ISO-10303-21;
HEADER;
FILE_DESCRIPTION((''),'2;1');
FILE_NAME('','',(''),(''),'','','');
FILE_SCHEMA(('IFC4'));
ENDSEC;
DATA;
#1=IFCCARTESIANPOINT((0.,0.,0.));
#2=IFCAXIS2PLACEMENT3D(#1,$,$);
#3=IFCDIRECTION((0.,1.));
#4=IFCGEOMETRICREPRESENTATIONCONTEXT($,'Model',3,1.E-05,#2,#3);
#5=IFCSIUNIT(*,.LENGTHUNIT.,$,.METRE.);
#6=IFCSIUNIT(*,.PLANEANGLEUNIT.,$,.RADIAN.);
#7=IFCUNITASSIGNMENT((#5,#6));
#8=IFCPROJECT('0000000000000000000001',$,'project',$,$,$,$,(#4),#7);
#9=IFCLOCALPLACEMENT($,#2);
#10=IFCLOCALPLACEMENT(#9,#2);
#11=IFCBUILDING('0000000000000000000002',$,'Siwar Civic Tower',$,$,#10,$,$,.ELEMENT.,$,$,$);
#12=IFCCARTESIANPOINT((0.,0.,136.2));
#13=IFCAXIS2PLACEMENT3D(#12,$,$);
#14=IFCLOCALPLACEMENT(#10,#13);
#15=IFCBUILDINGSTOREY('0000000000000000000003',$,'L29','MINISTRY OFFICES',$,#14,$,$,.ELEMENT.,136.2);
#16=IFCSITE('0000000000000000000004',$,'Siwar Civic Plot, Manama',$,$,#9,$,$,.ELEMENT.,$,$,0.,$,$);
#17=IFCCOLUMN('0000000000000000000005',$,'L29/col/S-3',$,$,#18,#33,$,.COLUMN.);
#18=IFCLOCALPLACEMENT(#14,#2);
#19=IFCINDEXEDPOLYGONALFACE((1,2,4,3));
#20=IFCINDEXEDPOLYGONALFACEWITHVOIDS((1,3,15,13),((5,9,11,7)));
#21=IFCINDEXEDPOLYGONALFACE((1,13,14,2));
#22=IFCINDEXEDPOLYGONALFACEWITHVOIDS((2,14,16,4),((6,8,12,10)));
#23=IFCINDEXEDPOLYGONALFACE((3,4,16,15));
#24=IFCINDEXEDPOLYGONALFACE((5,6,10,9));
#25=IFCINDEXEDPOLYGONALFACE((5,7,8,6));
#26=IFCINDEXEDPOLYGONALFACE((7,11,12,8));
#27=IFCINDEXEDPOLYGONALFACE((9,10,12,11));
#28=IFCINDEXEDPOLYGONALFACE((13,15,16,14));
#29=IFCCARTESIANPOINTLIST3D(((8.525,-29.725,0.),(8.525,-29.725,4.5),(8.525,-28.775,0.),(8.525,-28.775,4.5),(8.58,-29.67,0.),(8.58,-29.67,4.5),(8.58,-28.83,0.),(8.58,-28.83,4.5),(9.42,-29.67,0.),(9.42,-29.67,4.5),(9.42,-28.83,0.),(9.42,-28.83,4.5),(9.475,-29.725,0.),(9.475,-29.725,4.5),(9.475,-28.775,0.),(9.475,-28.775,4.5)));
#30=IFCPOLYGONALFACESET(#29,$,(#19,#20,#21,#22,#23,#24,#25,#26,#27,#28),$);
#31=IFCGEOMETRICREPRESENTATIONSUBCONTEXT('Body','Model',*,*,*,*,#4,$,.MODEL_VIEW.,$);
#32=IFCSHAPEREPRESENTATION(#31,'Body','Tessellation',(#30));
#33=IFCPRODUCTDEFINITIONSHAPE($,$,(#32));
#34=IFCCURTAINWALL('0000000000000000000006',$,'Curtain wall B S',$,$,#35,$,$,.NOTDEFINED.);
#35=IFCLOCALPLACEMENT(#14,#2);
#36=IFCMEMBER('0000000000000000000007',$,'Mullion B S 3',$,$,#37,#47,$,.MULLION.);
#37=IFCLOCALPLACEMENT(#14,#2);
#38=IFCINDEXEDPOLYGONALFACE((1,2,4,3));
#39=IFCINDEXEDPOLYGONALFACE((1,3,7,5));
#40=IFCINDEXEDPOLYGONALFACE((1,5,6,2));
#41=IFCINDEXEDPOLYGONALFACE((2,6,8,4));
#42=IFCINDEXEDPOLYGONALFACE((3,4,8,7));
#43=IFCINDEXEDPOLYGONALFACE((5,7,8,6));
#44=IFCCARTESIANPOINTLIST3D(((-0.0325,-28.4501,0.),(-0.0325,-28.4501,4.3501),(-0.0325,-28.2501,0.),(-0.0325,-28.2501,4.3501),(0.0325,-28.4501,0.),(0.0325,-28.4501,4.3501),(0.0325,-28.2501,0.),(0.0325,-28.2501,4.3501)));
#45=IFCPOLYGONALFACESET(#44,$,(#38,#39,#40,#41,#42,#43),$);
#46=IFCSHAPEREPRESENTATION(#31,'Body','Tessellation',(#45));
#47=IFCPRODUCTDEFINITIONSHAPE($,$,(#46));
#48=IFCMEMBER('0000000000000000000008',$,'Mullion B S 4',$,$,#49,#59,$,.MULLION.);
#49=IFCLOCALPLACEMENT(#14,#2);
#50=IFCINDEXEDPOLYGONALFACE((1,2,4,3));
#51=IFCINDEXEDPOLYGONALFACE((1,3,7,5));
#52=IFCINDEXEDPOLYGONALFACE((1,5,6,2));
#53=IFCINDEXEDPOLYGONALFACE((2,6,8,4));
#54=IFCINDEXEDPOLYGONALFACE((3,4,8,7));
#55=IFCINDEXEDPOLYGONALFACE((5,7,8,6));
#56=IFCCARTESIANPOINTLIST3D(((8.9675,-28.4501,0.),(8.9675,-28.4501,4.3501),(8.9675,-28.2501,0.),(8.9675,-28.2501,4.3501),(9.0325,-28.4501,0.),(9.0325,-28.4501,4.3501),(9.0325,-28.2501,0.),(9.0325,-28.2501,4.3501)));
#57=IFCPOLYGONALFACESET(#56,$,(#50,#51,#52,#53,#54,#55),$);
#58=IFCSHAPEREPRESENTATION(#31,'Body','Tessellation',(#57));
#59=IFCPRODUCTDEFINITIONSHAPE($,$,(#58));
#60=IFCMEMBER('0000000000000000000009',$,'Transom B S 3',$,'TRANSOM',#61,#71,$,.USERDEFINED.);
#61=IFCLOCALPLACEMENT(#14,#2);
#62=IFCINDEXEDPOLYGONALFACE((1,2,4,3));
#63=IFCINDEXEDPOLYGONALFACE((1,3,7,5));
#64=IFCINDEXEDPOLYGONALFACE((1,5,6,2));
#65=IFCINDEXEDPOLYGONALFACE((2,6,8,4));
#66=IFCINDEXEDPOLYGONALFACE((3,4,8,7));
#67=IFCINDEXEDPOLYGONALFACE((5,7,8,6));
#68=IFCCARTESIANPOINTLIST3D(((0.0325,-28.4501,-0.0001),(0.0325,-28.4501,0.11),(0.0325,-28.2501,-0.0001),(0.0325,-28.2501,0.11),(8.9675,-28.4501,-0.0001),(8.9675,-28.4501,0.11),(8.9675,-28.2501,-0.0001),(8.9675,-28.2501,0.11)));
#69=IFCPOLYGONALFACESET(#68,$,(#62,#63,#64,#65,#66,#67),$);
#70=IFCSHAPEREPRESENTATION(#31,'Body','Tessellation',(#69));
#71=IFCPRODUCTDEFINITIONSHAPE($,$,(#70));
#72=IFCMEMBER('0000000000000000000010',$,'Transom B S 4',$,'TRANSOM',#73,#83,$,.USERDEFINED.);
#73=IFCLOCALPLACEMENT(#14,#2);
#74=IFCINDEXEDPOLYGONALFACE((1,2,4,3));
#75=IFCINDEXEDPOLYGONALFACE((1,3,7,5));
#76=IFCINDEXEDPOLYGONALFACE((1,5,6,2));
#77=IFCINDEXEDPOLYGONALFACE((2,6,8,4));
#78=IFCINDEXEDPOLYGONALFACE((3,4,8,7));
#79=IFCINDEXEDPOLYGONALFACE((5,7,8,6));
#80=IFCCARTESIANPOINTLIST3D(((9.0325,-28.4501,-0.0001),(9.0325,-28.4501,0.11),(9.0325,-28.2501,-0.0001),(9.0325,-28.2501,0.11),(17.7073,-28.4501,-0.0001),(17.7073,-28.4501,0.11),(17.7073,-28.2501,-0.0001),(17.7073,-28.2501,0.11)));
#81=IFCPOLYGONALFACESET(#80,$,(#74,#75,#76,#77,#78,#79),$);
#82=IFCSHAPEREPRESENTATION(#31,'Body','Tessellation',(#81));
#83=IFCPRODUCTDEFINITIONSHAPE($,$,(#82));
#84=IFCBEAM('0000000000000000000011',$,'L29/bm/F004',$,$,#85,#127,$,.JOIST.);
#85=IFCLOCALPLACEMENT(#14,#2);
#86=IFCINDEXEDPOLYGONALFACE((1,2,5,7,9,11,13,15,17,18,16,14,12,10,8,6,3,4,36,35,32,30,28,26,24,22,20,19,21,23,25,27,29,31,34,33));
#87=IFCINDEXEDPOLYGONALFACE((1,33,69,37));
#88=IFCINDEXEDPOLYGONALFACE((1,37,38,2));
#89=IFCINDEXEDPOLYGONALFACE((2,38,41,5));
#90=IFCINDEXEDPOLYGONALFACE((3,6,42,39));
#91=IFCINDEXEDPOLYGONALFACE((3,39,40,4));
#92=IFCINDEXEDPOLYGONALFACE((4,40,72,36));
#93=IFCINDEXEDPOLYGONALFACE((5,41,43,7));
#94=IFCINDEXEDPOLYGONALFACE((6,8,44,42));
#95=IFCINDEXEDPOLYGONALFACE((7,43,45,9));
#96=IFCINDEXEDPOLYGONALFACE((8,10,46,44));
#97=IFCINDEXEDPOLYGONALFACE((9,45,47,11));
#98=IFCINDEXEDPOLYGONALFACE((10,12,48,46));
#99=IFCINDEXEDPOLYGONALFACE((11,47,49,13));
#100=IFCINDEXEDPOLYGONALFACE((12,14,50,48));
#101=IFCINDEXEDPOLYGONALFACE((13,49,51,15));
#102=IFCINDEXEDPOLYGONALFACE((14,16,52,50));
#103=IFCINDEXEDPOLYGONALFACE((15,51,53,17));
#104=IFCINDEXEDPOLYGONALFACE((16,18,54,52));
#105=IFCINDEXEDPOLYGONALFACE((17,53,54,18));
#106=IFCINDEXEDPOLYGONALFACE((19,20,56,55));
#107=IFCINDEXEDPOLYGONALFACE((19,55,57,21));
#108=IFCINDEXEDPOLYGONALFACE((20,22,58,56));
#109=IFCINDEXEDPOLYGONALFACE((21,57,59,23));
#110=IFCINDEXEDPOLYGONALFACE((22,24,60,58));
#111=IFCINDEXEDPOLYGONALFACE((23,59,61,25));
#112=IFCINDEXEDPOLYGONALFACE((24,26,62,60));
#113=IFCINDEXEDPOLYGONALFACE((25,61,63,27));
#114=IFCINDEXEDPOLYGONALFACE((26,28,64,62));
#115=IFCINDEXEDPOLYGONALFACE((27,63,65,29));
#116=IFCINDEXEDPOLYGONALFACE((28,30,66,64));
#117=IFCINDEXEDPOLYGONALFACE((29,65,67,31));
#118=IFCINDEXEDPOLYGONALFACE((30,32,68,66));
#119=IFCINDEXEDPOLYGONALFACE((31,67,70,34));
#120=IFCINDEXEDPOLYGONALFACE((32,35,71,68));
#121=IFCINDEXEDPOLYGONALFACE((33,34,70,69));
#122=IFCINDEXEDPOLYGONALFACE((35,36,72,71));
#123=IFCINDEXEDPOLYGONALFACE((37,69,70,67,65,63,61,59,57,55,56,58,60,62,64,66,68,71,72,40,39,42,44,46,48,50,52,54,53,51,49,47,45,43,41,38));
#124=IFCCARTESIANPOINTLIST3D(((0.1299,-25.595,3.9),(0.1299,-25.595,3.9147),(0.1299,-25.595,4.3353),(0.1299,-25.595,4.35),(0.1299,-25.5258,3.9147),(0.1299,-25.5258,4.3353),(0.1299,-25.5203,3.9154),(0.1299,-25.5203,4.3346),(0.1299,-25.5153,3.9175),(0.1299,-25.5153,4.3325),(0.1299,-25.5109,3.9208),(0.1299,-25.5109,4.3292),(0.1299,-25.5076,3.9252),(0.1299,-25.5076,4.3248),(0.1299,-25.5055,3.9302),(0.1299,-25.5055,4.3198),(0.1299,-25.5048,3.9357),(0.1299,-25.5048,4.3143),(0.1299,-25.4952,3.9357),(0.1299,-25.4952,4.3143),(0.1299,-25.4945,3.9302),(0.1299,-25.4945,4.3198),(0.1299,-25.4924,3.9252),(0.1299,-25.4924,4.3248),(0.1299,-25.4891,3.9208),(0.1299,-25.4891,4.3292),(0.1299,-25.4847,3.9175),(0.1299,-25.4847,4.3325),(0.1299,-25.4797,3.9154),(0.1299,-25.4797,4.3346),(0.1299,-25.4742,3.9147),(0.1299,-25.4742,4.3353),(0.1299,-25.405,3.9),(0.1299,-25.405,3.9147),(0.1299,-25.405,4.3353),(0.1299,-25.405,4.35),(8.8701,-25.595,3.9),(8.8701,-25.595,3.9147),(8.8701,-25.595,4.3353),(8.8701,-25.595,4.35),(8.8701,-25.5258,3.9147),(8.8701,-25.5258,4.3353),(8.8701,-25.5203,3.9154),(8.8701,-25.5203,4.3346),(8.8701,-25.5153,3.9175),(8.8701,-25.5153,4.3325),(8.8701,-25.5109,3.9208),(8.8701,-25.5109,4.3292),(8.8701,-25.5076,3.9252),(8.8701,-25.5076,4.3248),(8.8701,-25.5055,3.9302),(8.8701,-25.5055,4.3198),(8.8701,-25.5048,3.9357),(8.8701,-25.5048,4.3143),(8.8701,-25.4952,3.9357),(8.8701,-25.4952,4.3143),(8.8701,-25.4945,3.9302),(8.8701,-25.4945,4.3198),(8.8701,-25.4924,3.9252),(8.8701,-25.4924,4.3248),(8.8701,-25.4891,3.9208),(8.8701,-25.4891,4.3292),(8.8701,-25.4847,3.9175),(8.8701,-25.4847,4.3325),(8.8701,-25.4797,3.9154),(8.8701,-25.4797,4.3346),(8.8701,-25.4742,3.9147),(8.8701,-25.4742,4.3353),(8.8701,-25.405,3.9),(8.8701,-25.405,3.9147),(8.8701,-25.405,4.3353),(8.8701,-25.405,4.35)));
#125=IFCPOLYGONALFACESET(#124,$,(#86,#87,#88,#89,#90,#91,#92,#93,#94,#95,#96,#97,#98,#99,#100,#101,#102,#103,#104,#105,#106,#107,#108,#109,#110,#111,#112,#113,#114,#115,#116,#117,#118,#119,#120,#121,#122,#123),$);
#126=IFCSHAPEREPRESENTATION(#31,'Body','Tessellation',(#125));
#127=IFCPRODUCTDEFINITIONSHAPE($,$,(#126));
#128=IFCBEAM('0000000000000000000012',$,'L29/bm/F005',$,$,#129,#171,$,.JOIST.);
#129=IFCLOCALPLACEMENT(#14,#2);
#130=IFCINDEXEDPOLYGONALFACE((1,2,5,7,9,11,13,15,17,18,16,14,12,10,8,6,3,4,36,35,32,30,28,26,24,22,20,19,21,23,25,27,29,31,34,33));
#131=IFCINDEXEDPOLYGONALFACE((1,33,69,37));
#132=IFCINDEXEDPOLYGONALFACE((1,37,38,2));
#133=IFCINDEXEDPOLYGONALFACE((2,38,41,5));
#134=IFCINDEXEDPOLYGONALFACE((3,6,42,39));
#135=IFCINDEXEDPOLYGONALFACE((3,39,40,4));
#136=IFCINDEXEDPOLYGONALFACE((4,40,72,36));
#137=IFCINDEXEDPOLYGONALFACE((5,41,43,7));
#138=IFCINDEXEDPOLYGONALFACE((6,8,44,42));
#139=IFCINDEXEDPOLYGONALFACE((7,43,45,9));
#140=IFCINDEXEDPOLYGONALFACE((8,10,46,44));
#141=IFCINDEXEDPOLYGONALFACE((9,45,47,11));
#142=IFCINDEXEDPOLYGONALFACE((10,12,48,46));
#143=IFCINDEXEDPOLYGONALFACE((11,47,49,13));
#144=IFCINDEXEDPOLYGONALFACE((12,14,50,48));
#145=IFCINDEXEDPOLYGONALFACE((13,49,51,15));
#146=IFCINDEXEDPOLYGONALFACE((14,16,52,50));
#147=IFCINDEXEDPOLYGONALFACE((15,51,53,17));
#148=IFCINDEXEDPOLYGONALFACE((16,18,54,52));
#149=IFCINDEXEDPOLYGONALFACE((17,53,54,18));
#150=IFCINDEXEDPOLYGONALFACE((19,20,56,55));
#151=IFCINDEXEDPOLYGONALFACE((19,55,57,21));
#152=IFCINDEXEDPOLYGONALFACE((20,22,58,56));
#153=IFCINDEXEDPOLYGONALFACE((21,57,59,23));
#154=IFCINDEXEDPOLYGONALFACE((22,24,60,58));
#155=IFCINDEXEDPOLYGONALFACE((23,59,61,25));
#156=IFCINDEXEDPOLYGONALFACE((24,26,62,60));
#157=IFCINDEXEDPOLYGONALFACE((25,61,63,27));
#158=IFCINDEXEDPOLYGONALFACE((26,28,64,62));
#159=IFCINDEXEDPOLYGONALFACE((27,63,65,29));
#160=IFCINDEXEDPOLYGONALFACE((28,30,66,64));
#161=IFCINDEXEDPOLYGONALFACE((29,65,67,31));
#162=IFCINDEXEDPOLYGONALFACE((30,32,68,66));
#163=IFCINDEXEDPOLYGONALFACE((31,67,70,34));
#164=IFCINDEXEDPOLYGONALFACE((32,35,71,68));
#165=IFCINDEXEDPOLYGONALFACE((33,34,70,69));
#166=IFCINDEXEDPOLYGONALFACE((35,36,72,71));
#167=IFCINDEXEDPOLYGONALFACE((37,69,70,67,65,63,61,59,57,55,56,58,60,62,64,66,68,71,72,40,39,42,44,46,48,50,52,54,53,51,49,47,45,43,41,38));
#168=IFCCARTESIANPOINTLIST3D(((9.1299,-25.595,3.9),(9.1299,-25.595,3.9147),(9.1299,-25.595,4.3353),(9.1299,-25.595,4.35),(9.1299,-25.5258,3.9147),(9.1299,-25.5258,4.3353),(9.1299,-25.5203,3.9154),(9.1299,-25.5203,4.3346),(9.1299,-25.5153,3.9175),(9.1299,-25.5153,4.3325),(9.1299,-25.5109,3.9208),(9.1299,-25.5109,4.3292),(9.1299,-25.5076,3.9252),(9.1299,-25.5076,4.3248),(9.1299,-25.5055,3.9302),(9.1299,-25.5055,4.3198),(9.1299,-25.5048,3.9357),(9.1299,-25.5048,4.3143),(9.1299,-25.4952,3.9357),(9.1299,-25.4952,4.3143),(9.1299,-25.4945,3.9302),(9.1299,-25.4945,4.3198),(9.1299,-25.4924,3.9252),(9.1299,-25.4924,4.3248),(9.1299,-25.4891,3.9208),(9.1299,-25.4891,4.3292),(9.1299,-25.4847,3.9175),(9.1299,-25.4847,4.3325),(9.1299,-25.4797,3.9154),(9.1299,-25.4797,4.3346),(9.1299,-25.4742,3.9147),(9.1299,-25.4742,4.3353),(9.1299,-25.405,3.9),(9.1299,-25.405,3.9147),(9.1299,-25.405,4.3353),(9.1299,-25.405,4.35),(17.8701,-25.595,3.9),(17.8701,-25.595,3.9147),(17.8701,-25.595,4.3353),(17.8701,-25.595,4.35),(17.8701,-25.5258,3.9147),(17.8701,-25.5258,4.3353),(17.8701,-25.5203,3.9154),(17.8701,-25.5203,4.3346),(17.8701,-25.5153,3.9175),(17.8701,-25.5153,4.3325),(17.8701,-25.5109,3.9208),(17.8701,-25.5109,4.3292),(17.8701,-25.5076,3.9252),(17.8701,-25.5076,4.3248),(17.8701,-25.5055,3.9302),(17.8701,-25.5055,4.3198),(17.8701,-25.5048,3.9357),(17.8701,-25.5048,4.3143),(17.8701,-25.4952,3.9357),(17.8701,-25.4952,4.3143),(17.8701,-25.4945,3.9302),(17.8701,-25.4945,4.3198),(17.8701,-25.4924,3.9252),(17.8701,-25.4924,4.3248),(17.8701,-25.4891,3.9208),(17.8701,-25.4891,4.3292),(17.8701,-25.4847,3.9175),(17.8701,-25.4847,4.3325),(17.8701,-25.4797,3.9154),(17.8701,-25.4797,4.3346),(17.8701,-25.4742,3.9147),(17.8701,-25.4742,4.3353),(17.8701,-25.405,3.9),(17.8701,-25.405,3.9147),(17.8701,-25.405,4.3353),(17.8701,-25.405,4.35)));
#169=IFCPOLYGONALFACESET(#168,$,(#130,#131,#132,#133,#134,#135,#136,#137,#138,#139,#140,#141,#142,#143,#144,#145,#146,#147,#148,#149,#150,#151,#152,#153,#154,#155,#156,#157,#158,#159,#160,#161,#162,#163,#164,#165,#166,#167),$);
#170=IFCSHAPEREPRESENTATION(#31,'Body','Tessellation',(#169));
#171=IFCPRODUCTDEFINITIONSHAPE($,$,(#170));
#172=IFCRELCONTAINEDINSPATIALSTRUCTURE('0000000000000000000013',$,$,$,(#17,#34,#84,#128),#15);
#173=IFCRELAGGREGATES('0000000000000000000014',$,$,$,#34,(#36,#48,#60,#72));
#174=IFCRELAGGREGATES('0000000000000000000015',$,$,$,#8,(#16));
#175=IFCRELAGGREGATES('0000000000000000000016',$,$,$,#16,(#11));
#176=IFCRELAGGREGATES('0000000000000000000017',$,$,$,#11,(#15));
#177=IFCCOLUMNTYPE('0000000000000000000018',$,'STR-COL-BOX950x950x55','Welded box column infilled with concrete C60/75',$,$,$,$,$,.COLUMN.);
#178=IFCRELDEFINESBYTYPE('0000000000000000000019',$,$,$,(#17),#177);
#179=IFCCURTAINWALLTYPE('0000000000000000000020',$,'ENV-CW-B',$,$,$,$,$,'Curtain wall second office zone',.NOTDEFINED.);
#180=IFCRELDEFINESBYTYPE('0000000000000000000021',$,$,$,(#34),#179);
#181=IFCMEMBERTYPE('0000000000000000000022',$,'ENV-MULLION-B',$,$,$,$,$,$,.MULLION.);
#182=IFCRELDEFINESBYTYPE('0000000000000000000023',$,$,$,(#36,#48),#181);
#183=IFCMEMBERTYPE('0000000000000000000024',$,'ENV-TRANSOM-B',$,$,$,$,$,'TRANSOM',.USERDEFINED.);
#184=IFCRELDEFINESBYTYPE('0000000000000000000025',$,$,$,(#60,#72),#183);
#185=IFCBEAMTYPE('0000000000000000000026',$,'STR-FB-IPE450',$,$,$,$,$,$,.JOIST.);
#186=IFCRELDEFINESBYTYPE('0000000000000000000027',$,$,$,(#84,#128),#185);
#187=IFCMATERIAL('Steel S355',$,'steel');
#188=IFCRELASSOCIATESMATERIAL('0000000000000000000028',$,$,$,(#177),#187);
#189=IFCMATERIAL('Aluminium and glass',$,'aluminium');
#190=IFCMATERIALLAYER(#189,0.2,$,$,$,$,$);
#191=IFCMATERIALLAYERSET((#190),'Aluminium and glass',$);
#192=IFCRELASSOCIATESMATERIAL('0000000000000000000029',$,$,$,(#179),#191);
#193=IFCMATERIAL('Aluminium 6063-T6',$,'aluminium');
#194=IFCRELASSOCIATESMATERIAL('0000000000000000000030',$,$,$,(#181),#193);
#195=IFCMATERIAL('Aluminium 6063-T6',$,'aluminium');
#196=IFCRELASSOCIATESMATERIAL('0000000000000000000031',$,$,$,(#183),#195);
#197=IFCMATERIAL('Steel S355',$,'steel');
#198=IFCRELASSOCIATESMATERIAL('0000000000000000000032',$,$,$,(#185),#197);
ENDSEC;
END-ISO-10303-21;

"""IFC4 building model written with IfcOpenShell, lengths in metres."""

from ifc_helpers import new_model, si_unit, direction, frame, origin, origin_2d, place, context, subcontext, project, spatial, rectangle, hollow_rectangle, i_section, extrude, material, layer, layer_set, material_profile, profile_set, type_object, element, aggregate, save


model = new_model("IFC4")

# Units and contexts
model_context = context("Model", 3, precision=1e-05, world=origin(), true_north=direction((0.0, 1.0)))
body_context = subcontext(model_context, "Body", "Model", "MODEL_VIEW")
ifc_project = project(units=[si_unit("LENGTHUNIT", "METRE"), si_unit("PLANEANGLEUNIT", "RADIAN")], contexts=[model_context])

# Site, building, storey
site_placement = place(None, origin())
site = spatial("IfcSite", under=ifc_project, at=site_placement, Name="Siwar Civic Plot, Manama", CompositionType="ELEMENT", RefElevation=0.0)
building_placement = place(site_placement, origin())
building = spatial("IfcBuilding", under=site, at=building_placement, Name="Siwar Civic Tower", CompositionType="ELEMENT")
storey_placement = place(building_placement, frame((0.0, 0.0, 136.2)))
storey = spatial("IfcBuildingStorey", under=building, at=storey_placement, Name="L29", Description="MINISTRY OFFICES", CompositionType="ELEMENT", Elevation=136.2)

# Column
ifc_material_1 = material(Name="Steel S355", Category="steel")
ifc_material_profile_1 = material_profile(ifc_material_1, hollow_rectangle(XDim=0.95, YDim=0.95, WallThickness=0.0549, at=origin_2d()), Name="BOX950x950x55")
ifc_profile_set_1 = profile_set([ifc_material_profile_1], Name="Steel S355")
column_type = type_object("IfcColumnType", Name="STR-COL-BOX950x950x55", Description="Welded box column infilled with concrete C60/75", PredefinedType="COLUMN", material=ifc_profile_set_1)
column_placement = place(storey_placement, frame((9.0, -29.25, 0.0), z_axis=(0.0, 0.0, 1.0), x_axis=(1.0, 0.0, 0.0)))
element("IfcColumn", 1, at=column_placement, inside=storey, type_object=column_type, Name="L29/col/S-3", PredefinedType="COLUMN", context=body_context, shape_type="SweptSolid", body=[
    extrude(hollow_rectangle(XDim=0.95, YDim=0.95, WallThickness=0.0549, at=origin_2d()), origin(), (0.0, 0.0, 1.0), 4.5),
])

# Curtain wall, members
ifc_material_2 = material(Name="Aluminium and glass", Category="aluminium")
ifc_layer_1 = layer(ifc_material_2, 0.2)
ifc_layer_set_1 = layer_set([ifc_layer_1], Name="Aluminium and glass")
curtain_wall_type = type_object("IfcCurtainWallType", Name="ENV-CW-B", ElementType="Curtain wall second office zone", PredefinedType="NOTDEFINED", material=ifc_layer_set_1)
curtain_wall_placement = place(storey_placement, origin())
curtain_wall = element("IfcCurtainWall", 2, at=curtain_wall_placement, inside=storey, type_object=curtain_wall_type, Name="Curtain wall B S", PredefinedType="NOTDEFINED")
ifc_material_3 = material(Name="Aluminium 6063-T6", Category="aluminium")
ifc_material_profile_2 = material_profile(ifc_material_3, rectangle(XDim=0.2, YDim=0.0649, at=origin_2d()), Name="AL 200x65")
ifc_profile_set_2 = profile_set([ifc_material_profile_2], Name="Aluminium 6063-T6")
member_type_1 = type_object("IfcMemberType", Name="ENV-MULLION-B", PredefinedType="MULLION", material=ifc_profile_set_2)
member_1_placement = place(storey_placement, frame((0.0, -28.3501, 0.0), z_axis=(0.0, 0.0, 1.0), x_axis=(0.0, 1.0, 0.0)))
member_1 = element("IfcMember", 3, at=member_1_placement, type_object=member_type_1, Name="Mullion B S 3", PredefinedType="MULLION", context=body_context, shape_type="SweptSolid", body=[
    extrude(rectangle(XDim=0.2, YDim=0.0649, at=origin_2d()), origin(), (0.0, 0.0, 1.0), 4.3501),
])
member_2_placement = place(storey_placement, frame((9.0, -28.3501, 0.0), z_axis=(0.0, 0.0, 1.0), x_axis=(0.0, 1.0, 0.0)))
member_2 = element("IfcMember", 4, at=member_2_placement, type_object=member_type_1, Name="Mullion B S 4", PredefinedType="MULLION", context=body_context, shape_type="SweptSolid", body=[
    extrude(rectangle(XDim=0.2, YDim=0.0649, at=origin_2d()), origin(), (0.0, 0.0, 1.0), 4.3501),
])
ifc_material_4 = material(Name="Aluminium 6063-T6", Category="aluminium")
ifc_material_profile_3 = material_profile(ifc_material_4, rectangle(XDim=0.2, YDim=0.1101, at=origin_2d()), Name="AL 200x110")
ifc_profile_set_3 = profile_set([ifc_material_profile_3], Name="Aluminium 6063-T6")
member_type_2 = type_object("IfcMemberType", Name="ENV-TRANSOM-B", ElementType="TRANSOM", PredefinedType="USERDEFINED", material=ifc_profile_set_3)
member_3_placement = place(storey_placement, frame((0.0325, -28.3501, 0.0549), z_axis=(1.0, 0.0, 0.0), x_axis=(0.0, 1.0, 0.0)))
member_3 = element("IfcMember", 5, at=member_3_placement, type_object=member_type_2, Name="Transom B S 3", ObjectType="TRANSOM", PredefinedType="USERDEFINED", context=body_context, shape_type="SweptSolid", body=[
    extrude(rectangle(XDim=0.2, YDim=0.1101, at=origin_2d()), origin(), (0.0, 0.0, 1.0), 8.9351),
])
member_4_placement = place(storey_placement, frame((9.0325, -28.3501, 0.0549), z_axis=(1.0, 0.0, 0.0), x_axis=(0.0, 1.0, 0.0)))
member_4 = element("IfcMember", 6, at=member_4_placement, type_object=member_type_2, Name="Transom B S 4", ObjectType="TRANSOM", PredefinedType="USERDEFINED", context=body_context, shape_type="SweptSolid", body=[
    extrude(rectangle(XDim=0.2, YDim=0.1101, at=origin_2d()), origin(), (0.0, 0.0, 1.0), 8.6748),
])

# Beams
ifc_material_5 = material(Name="Steel S355", Category="steel")
ifc_material_profile_4 = material_profile(ifc_material_5, i_section(OverallWidth=0.1899, OverallDepth=0.45, WebThickness=0.0095, FlangeThickness=0.0146, FilletRadius=0.021, at=origin_2d()), Name="IPE450")
ifc_profile_set_4 = profile_set([ifc_material_profile_4], Name="Steel S355")
beam_type_1 = type_object("IfcBeamType", Name="STR-FB-IPE450", PredefinedType="JOIST", material=ifc_profile_set_4)
for number, where, z_axis, x_axis, name in (
    (7, (0.1299, -25.5, 4.125), (1.0, 0.0, 0.0), (0.0, 1.0, 0.0), "L29/bm/F004"),
    (8, (9.1299, -25.5, 4.125), (1.0, 0.0, 0.0), (0.0, 1.0, 0.0), "L29/bm/F005"),
):
    element("IfcBeam", number, at=place(storey_placement, frame(where, z_axis=z_axis, x_axis=x_axis)), inside=storey, type_object=beam_type_1, Name=name, PredefinedType="JOIST", context=body_context, shape_type="SweptSolid", body=[
        extrude(i_section(OverallWidth=0.1899, OverallDepth=0.45, WebThickness=0.0095, FlangeThickness=0.0146, FilletRadius=0.021, at=origin_2d()), origin(), (0.0, 0.0, 1.0), 8.7402),
    ])

aggregate(curtain_wall, [member_1, member_2, member_3, member_4])

save(model, "model.ifc")
